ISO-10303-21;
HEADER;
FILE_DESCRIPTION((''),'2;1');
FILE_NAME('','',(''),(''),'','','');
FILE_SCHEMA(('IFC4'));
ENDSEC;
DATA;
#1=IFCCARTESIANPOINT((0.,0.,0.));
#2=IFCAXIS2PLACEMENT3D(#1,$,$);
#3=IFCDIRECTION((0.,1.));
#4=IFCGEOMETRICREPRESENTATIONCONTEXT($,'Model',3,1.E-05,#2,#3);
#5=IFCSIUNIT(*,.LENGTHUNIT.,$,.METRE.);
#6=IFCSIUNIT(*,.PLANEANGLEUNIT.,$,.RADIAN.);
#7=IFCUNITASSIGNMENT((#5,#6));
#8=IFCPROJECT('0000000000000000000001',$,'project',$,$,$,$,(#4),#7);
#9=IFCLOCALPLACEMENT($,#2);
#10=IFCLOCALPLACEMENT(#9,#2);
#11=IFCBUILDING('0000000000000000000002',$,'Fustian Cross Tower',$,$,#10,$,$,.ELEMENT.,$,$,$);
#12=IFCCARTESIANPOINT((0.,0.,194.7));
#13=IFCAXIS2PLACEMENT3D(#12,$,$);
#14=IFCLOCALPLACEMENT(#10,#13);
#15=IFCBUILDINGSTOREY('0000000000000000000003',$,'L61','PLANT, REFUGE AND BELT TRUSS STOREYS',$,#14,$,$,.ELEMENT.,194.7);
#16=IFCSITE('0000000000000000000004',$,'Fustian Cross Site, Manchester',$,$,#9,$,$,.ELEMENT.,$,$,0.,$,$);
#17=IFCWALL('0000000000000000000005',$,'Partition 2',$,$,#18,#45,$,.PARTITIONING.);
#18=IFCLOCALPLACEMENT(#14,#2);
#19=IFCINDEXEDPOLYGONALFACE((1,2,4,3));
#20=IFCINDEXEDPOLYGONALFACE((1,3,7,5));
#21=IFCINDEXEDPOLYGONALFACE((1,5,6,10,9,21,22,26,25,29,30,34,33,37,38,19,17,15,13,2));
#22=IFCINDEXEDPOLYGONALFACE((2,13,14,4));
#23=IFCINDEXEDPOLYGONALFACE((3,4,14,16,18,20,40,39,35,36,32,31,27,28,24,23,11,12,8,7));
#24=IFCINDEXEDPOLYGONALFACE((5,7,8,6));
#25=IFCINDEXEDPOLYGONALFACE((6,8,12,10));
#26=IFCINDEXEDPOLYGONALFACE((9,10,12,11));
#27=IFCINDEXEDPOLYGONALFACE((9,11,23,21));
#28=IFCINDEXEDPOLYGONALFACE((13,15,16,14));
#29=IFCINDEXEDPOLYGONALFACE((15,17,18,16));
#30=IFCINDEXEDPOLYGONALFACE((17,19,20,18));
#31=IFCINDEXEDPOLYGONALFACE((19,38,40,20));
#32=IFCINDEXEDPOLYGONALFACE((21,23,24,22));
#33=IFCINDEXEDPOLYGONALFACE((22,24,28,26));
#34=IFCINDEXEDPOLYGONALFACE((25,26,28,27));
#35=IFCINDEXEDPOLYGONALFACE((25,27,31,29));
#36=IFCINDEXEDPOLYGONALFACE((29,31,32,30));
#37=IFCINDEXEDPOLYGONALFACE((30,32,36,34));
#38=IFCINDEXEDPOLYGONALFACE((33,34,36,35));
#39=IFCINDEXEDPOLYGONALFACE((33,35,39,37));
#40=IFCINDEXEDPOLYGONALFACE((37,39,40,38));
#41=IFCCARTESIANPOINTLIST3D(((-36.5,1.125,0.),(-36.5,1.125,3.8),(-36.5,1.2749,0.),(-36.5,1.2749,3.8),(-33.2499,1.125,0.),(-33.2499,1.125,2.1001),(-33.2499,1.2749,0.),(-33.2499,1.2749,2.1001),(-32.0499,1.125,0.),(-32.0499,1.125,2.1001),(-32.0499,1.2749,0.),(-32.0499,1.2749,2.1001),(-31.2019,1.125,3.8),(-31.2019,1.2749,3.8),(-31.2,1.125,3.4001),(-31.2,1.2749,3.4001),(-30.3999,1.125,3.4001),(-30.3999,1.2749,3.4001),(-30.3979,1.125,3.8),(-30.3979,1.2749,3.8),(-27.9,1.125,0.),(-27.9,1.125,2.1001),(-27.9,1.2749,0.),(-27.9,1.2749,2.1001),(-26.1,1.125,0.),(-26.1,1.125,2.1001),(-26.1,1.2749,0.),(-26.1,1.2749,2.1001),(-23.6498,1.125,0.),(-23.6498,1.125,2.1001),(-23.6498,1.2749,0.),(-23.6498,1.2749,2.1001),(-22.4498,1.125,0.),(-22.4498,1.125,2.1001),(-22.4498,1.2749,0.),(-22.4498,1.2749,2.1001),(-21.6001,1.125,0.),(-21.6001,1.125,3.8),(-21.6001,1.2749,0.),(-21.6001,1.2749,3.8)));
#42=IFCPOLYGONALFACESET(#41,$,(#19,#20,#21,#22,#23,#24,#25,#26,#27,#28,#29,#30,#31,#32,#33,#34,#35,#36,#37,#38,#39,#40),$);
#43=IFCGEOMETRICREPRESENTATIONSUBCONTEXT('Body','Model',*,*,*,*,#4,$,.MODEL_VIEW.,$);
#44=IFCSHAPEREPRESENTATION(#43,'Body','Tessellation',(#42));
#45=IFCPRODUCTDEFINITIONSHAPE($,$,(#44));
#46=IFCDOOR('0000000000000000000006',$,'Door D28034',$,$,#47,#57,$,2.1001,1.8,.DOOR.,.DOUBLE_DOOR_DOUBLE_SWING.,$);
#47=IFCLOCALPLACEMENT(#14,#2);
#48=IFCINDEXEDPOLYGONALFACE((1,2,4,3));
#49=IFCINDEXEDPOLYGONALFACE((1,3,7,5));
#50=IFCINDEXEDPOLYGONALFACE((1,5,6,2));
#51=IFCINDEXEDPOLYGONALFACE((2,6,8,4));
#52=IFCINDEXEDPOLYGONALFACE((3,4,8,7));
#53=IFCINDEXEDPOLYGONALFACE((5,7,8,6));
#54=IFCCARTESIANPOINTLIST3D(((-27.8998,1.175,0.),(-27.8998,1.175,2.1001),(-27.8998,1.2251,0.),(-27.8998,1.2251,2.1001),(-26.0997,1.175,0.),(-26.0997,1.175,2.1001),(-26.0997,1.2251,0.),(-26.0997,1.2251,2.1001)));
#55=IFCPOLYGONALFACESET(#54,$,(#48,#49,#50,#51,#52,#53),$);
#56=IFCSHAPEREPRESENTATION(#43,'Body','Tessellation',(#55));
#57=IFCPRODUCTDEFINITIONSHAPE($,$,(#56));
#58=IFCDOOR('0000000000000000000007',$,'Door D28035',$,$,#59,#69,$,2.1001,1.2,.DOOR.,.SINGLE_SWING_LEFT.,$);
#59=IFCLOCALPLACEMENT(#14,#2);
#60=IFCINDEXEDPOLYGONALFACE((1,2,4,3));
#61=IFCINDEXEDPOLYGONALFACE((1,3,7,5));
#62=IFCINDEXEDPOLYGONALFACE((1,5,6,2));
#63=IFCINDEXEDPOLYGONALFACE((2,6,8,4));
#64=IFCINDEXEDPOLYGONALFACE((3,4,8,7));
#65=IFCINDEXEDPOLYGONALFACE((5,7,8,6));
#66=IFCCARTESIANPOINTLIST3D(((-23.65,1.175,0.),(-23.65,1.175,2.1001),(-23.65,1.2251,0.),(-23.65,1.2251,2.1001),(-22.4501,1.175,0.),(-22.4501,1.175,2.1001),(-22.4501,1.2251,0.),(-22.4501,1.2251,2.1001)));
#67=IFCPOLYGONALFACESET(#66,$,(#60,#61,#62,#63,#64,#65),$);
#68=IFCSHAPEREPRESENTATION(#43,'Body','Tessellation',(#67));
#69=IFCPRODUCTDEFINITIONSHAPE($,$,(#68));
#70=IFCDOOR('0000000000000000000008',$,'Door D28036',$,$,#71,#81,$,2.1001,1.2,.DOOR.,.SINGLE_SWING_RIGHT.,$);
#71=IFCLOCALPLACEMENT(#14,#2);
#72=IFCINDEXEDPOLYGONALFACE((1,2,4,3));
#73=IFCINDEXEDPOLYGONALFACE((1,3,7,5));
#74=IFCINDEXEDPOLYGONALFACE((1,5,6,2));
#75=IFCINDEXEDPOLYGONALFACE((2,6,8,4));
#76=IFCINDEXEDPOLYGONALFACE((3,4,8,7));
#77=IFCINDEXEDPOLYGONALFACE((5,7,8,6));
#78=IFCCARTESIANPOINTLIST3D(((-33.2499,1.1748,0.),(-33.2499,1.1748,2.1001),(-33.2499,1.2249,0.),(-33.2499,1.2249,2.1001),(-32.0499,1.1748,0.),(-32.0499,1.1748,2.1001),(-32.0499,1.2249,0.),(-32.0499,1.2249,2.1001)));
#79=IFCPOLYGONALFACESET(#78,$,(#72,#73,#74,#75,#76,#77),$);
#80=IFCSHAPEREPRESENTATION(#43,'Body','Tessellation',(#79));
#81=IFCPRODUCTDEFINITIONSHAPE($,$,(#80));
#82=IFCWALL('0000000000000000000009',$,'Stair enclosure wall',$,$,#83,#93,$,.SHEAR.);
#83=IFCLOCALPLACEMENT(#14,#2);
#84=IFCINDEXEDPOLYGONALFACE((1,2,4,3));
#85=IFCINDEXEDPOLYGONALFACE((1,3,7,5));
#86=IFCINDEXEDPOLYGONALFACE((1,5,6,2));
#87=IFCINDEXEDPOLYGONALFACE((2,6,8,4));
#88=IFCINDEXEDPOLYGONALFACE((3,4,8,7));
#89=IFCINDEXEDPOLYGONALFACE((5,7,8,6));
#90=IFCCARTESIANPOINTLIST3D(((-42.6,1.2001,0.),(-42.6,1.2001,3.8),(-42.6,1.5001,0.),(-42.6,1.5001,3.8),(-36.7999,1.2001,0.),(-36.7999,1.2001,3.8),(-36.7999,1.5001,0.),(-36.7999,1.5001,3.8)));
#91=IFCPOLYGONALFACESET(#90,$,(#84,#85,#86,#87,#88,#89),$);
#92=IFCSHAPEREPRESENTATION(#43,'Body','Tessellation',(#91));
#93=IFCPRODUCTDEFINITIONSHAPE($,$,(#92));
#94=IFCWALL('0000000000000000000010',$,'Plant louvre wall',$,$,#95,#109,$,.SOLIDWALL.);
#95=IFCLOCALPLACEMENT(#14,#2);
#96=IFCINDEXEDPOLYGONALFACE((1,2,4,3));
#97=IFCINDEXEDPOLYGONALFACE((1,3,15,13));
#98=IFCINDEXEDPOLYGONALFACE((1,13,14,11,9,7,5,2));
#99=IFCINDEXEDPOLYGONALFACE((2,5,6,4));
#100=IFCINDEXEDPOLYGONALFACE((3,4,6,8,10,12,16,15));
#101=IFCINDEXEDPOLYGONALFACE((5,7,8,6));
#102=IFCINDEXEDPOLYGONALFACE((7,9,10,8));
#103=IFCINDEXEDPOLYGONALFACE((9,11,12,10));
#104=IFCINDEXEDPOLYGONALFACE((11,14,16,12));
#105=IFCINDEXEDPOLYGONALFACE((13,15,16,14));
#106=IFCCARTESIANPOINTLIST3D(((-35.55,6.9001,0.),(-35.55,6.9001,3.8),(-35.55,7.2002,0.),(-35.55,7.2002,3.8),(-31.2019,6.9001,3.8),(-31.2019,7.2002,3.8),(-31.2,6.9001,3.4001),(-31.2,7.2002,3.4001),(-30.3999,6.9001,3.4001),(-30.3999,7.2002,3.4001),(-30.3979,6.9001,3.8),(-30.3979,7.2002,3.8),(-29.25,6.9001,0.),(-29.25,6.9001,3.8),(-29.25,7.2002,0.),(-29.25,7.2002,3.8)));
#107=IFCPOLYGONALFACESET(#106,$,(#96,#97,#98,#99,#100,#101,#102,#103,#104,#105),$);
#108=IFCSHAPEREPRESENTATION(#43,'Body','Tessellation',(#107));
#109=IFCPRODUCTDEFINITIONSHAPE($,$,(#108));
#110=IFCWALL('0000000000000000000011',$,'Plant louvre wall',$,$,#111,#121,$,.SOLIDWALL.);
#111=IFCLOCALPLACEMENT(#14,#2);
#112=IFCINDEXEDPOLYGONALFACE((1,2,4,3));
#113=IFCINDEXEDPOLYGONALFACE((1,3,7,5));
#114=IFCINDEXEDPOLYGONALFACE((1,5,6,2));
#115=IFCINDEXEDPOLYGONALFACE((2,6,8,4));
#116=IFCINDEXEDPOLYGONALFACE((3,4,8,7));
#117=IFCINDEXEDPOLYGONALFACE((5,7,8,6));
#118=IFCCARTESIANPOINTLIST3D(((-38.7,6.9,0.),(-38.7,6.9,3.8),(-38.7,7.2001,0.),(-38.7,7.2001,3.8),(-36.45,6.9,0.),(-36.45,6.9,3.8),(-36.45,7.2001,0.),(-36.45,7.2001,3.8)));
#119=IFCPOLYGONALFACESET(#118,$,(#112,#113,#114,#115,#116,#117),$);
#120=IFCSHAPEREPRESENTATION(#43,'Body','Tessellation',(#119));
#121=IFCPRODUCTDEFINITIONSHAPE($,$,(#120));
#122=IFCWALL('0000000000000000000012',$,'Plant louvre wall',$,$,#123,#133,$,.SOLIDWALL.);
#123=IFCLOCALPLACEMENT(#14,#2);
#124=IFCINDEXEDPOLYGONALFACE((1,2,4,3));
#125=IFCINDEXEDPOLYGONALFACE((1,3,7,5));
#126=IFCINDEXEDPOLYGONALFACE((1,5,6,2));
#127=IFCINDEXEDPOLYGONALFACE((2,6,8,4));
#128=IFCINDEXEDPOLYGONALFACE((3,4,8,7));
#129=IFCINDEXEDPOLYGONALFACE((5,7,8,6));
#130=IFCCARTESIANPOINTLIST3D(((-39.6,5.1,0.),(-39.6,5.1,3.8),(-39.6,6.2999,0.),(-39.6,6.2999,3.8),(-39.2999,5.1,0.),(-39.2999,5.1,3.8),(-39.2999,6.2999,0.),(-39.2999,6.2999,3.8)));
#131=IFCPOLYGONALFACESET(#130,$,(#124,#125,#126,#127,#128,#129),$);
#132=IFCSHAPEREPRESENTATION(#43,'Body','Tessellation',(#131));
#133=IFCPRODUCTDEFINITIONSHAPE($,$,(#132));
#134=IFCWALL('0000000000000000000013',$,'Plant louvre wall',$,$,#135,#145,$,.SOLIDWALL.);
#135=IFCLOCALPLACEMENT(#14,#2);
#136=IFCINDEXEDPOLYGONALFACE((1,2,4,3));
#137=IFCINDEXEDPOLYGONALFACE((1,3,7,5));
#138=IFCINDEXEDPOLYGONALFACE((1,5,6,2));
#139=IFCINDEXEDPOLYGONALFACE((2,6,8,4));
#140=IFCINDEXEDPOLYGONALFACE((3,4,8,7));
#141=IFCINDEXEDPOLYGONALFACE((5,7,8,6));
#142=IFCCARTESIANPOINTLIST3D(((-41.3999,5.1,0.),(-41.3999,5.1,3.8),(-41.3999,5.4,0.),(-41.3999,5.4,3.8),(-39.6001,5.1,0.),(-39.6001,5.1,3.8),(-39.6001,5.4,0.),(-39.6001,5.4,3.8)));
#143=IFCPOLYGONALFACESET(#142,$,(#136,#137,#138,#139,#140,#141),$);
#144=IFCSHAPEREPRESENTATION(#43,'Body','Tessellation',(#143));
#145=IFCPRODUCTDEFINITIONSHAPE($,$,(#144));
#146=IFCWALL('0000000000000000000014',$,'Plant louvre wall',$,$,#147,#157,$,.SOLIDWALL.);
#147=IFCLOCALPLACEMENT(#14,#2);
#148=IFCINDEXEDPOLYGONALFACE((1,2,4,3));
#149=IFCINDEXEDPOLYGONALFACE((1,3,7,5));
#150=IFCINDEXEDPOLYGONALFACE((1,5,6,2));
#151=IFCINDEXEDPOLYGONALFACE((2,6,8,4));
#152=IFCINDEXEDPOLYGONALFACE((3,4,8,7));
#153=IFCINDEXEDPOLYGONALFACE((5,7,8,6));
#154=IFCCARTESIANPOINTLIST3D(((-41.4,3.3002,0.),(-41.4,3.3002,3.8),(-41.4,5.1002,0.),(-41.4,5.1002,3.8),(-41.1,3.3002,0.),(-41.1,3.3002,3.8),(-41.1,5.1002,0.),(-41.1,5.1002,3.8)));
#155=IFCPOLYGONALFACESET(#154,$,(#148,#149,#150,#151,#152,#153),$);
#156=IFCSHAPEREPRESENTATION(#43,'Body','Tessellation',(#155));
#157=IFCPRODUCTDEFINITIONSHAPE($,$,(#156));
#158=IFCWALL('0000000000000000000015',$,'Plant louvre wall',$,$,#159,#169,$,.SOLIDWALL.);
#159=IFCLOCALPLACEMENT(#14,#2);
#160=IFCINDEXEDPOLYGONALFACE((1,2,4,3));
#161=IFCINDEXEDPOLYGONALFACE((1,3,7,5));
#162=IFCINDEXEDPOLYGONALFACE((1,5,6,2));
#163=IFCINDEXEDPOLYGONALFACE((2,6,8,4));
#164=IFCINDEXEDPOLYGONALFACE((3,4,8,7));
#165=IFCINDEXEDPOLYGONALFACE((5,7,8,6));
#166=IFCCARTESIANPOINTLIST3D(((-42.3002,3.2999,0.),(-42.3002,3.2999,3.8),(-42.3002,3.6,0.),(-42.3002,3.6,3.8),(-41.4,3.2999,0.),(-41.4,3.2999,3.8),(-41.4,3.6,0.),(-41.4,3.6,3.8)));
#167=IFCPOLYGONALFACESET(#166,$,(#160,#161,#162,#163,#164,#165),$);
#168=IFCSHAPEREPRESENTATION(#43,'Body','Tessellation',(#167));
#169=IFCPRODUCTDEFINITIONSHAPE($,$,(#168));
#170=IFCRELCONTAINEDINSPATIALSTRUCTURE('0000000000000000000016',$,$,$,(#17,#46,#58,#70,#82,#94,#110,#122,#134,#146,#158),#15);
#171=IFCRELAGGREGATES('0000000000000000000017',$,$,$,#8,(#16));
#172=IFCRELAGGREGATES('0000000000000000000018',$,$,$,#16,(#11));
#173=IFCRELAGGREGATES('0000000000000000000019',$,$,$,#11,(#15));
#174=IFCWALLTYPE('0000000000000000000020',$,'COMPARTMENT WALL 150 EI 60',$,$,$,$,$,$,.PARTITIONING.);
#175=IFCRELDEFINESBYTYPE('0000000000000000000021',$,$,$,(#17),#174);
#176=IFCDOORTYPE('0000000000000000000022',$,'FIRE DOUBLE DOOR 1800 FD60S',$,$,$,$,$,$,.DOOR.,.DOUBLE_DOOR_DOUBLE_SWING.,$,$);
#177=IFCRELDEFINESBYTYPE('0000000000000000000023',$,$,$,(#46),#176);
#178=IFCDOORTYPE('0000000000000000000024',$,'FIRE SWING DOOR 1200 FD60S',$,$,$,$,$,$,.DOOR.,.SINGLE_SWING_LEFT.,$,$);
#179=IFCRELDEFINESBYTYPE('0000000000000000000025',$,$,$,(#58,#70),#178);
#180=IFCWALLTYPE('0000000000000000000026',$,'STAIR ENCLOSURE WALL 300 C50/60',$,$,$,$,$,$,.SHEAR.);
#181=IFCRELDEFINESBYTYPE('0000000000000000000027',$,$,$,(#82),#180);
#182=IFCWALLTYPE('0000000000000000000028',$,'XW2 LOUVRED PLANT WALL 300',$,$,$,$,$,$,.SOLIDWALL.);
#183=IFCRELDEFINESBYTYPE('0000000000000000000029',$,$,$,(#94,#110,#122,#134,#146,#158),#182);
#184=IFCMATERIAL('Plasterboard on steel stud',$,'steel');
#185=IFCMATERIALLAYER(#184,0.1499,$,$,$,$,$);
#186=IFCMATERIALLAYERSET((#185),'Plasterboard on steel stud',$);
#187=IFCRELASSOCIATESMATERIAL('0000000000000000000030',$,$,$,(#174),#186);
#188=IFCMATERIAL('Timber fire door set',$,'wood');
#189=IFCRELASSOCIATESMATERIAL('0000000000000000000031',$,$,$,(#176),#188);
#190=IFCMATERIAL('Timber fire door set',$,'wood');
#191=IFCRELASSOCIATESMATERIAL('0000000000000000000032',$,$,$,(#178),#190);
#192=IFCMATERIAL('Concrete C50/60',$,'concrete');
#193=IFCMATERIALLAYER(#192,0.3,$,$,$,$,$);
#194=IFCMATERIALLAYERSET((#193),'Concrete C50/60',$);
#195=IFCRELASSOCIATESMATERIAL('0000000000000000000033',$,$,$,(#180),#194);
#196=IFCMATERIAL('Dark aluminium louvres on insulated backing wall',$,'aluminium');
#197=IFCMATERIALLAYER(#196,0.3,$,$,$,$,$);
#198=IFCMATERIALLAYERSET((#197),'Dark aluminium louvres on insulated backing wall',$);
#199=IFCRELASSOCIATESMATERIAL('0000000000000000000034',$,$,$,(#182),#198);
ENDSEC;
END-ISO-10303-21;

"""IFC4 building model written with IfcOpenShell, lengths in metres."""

from ifc_helpers import new_model, si_unit, direction, frame, frame_2d, origin, place, context, subcontext, project, spatial, polyline, rectangle, outline, extrude, material, layer, layer_set, type_object, element, fill, save


model = new_model("IFC4")

# Units and contexts
model_context = context("Model", 3, precision=1e-05, world=origin(), true_north=direction((0.0, 1.0)))
body_context = subcontext(model_context, "Body", "Model", "MODEL_VIEW")
ifc_project = project(units=[si_unit("LENGTHUNIT", "METRE"), si_unit("PLANEANGLEUNIT", "RADIAN")], contexts=[model_context])

# Site, building, storey
site_placement = place(None, origin())
site = spatial("IfcSite", under=ifc_project, at=site_placement, Name="Fustian Cross Site, Manchester", CompositionType="ELEMENT", RefElevation=0.0)
building_placement = place(site_placement, origin())
building = spatial("IfcBuilding", under=site, at=building_placement, Name="Fustian Cross Tower", CompositionType="ELEMENT")
storey_placement = place(building_placement, frame((0.0, 0.0, 194.7)))
storey = spatial("IfcBuildingStorey", under=building, at=storey_placement, Name="L61", Description="PLANT, REFUGE AND BELT TRUSS STOREYS", CompositionType="ELEMENT", Elevation=194.7)

# Wall, openings, doors
ifc_material_1 = material(Name="Plasterboard on steel stud", Category="steel")
ifc_layer_1 = layer(ifc_material_1, 0.1499)
ifc_layer_set_1 = layer_set([ifc_layer_1], Name="Plasterboard on steel stud")
wall_type_1 = type_object("IfcWallType", Name="COMPARTMENT WALL 150 EI 60", PredefinedType="PARTITIONING", material=ifc_layer_set_1)
ifc_material_2 = material(Name="Timber fire door set", Category="wood")
door_type_1 = type_object("IfcDoorType", Name="FIRE DOUBLE DOOR 1800 FD60S", OperationType="DOUBLE_DOOR_DOUBLE_SWING", PredefinedType="DOOR", material=ifc_material_2)
wall_1_placement = place(storey_placement, frame((-36.5, 1.2, 0.0), z_axis=(0.0, 0.0, 1.0), x_axis=(1.0, 0.0, 0.0)))
wall_1 = element("IfcWall", 1, at=wall_1_placement, inside=storey, type_object=wall_type_1, Name="Partition 2", PredefinedType="PARTITIONING", context=body_context, shape_type="SweptSolid", body=[
    extrude(outline(polyline([(0.0, 0.0), (14.8999, 0.0), (14.8999, 3.8), (6.1021, 3.8), (6.1001, 3.4001), (5.3, 3.4001), (5.2981, 3.8), (0.0, 3.8), (0.0, 0.0)])), frame((0.0, 0.075, 0.0), z_axis=(0.0, -1.0, 0.0), x_axis=(1.0, 0.0, 0.0)), (0.0, 0.0, 1.0), 0.1499),
])
opening_1_placement = place(wall_1_placement, frame((8.6001, 0.0, 0.0)))
opening_1 = element("IfcOpeningElement", 2, at=opening_1_placement, cuts=wall_1, PredefinedType="OPENING", context=body_context, shape_type="SweptSolid", body=[
    extrude(rectangle(XDim=1.8, YDim=2.1001, at=frame_2d((0.8999, 1.05))), frame((0.0, 0.085, 0.0), z_axis=(0.0, -1.0, 0.0), x_axis=(1.0, 0.0, 0.0)), (0.0, 0.0, 1.0), 0.1699),
])
opening_2_placement = place(wall_1_placement, frame((12.8501, 0.0, 0.0)))
opening_2 = element("IfcOpeningElement", 3, at=opening_2_placement, cuts=wall_1, PredefinedType="OPENING", context=body_context, shape_type="SweptSolid", body=[
    extrude(rectangle(XDim=1.2, YDim=2.1001, at=frame_2d((0.6001, 1.05))), frame((0.0, 0.085, 0.0), z_axis=(0.0, -1.0, 0.0), x_axis=(1.0, 0.0, 0.0)), (0.0, 0.0, 1.0), 0.1699),
])
opening_3_placement = place(wall_1_placement, frame((3.25, 0.0, 0.0)))
opening_3 = element("IfcOpeningElement", 4, at=opening_3_placement, cuts=wall_1, PredefinedType="OPENING", context=body_context, shape_type="SweptSolid", body=[
    extrude(rectangle(XDim=1.2, YDim=2.1001, at=frame_2d((0.6001, 1.05))), frame((0.0, 0.085, 0.0), z_axis=(0.0, -1.0, 0.0), x_axis=(1.0, 0.0, 0.0)), (0.0, 0.0, 1.0), 0.1699),
])
door_1_placement = place(opening_1_placement, frame((1.8, 0.0, 0.0), z_axis=(0.0, 0.0, 1.0), x_axis=(-1.0, 0.0, 0.0)))
door_1 = element("IfcDoor", 5, at=door_1_placement, inside=storey, type_object=door_type_1, Name="Door D28034", OperationType="DOUBLE_DOOR_DOUBLE_SWING", OverallHeight=2.1001, OverallWidth=1.8, PredefinedType="DOOR", context=body_context, shape_type="SweptSolid", body=[
    extrude(rectangle(XDim=1.8, YDim=2.1001, at=frame_2d((0.8999, 1.05))), frame((0.0, 0.0249, 0.0), z_axis=(0.0, -1.0, 0.0), x_axis=(1.0, 0.0, 0.0)), (0.0, 0.0, 1.0), 0.05),
])
fill(opening_1, door_1)
ifc_material_3 = material(Name="Timber fire door set", Category="wood")
door_type_2 = type_object("IfcDoorType", Name="FIRE SWING DOOR 1200 FD60S", OperationType="SINGLE_SWING_LEFT", PredefinedType="DOOR", material=ifc_material_3)
door_2_placement = place(opening_2_placement, frame((1.2, 0.0, 0.0), z_axis=(0.0, 0.0, 1.0), x_axis=(-1.0, 0.0, 0.0)))
door_2 = element("IfcDoor", 6, at=door_2_placement, inside=storey, type_object=door_type_2, Name="Door D28035", OperationType="SINGLE_SWING_LEFT", OverallHeight=2.1001, OverallWidth=1.2, PredefinedType="DOOR", context=body_context, shape_type="SweptSolid", body=[
    extrude(rectangle(XDim=1.2, YDim=2.1001, at=frame_2d((0.6001, 1.05))), frame((0.0, 0.0249, 0.0), z_axis=(0.0, -1.0, 0.0), x_axis=(1.0, 0.0, 0.0)), (0.0, 0.0, 1.0), 0.05),
])
fill(opening_2, door_2)
door_3_placement = place(opening_3_placement, origin())
door_3 = element("IfcDoor", 7, at=door_3_placement, inside=storey, type_object=door_type_2, Name="Door D28036", OperationType="SINGLE_SWING_RIGHT", OverallHeight=2.1001, OverallWidth=1.2, PredefinedType="DOOR", context=body_context, shape_type="SweptSolid", body=[
    extrude(rectangle(XDim=1.2, YDim=2.1001, at=frame_2d((0.6001, 1.05))), frame((0.0, 0.0249, 0.0), z_axis=(0.0, -1.0, 0.0), x_axis=(1.0, 0.0, 0.0)), (0.0, 0.0, 1.0), 0.05),
])
fill(opening_3, door_3)

# Walls
ifc_material_4 = material(Name="Concrete C50/60", Category="concrete")
ifc_layer_2 = layer(ifc_material_4, 0.3)
ifc_layer_set_2 = layer_set([ifc_layer_2], Name="Concrete C50/60")
wall_type_2 = type_object("IfcWallType", Name="STAIR ENCLOSURE WALL 300 C50/60", PredefinedType="SHEAR", material=ifc_layer_set_2)
wall_2_placement = place(storey_placement, frame((-36.8, 1.3501, 0.0), z_axis=(0.0, 0.0, 1.0), x_axis=(-1.0, 0.0, 0.0)))
element("IfcWall", 8, at=wall_2_placement, inside=storey, type_object=wall_type_2, Name="Stair enclosure wall", PredefinedType="SHEAR", context=body_context, shape_type="SweptSolid", body=[
    extrude(rectangle(XDim=5.8, YDim=0.3, at=frame_2d((2.8999, 0.0))), origin(), (0.0, 0.0, 1.0), 3.8),
])
ifc_material_5 = material(Name="Dark aluminium louvres on insulated backing wall", Category="aluminium")
ifc_layer_3 = layer(ifc_material_5, 0.3)
ifc_layer_set_3 = layer_set([ifc_layer_3], Name="Dark aluminium louvres on insulated backing wall")
wall_type_3 = type_object("IfcWallType", Name="XW2 LOUVRED PLANT WALL 300", PredefinedType="SOLIDWALL", material=ifc_layer_set_3)
wall_3_placement = place(storey_placement, frame((-29.25, 7.05, 0.0), z_axis=(0.0, 0.0, 1.0), x_axis=(-1.0, 0.0, 0.0)))
element("IfcWall", 9, at=wall_3_placement, inside=storey, type_object=wall_type_3, Name="Plant louvre wall", PredefinedType="SOLIDWALL", context=body_context, shape_type="SweptSolid", body=[
    extrude(outline(polyline([(0.0, 0.0), (6.3, 0.0), (6.3, 3.8), (1.9519, 3.8), (1.95, 3.4001), (1.1499, 3.4001), (1.1479, 3.8), (0.0, 3.8), (0.0, 0.0)])), frame((0.0, 0.1499, 0.0), z_axis=(0.0, -1.0, 0.0), x_axis=(1.0, 0.0, 0.0)), (0.0, 0.0, 1.0), 0.3),
])
wall_4_placement = place(storey_placement, frame((-36.45, 7.05, 0.0), z_axis=(0.0, 0.0, 1.0), x_axis=(-1.0, 0.0, 0.0)))
element("IfcWall", 10, at=wall_4_placement, inside=storey, type_object=wall_type_3, Name="Plant louvre wall", PredefinedType="SOLIDWALL", context=body_context, shape_type="SweptSolid", body=[
    extrude(rectangle(XDim=2.25, YDim=0.3, at=frame_2d((1.125, 0.0))), origin(), (0.0, 0.0, 1.0), 3.8),
])
wall_5_placement = place(storey_placement, frame((-39.45, 6.3, 0.0), z_axis=(0.0, 0.0, 1.0), x_axis=(0.0, -1.0, 0.0)))
element("IfcWall", 11, at=wall_5_placement, inside=storey, type_object=wall_type_3, Name="Plant louvre wall", PredefinedType="SOLIDWALL", context=body_context, shape_type="SweptSolid", body=[
    extrude(rectangle(XDim=1.2, YDim=0.3, at=frame_2d((0.6001, 0.0))), origin(), (0.0, 0.0, 1.0), 3.8),
])
wall_6_placement = place(storey_placement, frame((-39.6001, 5.25, 0.0), z_axis=(0.0, 0.0, 1.0), x_axis=(-1.0, 0.0, 0.0)))
element("IfcWall", 12, at=wall_6_placement, inside=storey, type_object=wall_type_3, Name="Plant louvre wall", PredefinedType="SOLIDWALL", context=body_context, shape_type="SweptSolid", body=[
    extrude(rectangle(XDim=1.7998, YDim=0.3, at=frame_2d((0.8999, 0.0))), origin(), (0.0, 0.0, 1.0), 3.8),
])
wall_7_placement = place(storey_placement, frame((-41.25, 5.1001, 0.0), z_axis=(0.0, 0.0, 1.0), x_axis=(0.0, -1.0, 0.0)))
element("IfcWall", 13, at=wall_7_placement, inside=storey, type_object=wall_type_3, Name="Plant louvre wall", PredefinedType="SOLIDWALL", context=body_context, shape_type="SweptSolid", body=[
    extrude(rectangle(XDim=1.8, YDim=0.3, at=frame_2d((0.8999, 0.0))), origin(), (0.0, 0.0, 1.0), 3.8),
])
wall_8_placement = place(storey_placement, frame((-41.3999, 3.45, 0.0), z_axis=(0.0, 0.0, 1.0), x_axis=(-1.0, 0.0, 0.0)))
element("IfcWall", 14, at=wall_8_placement, inside=storey, type_object=wall_type_3, Name="Plant louvre wall", PredefinedType="SOLIDWALL", context=body_context, shape_type="SweptSolid", body=[
    extrude(rectangle(XDim=0.9001, YDim=0.3, at=frame_2d((0.4502, 0.0))), origin(), (0.0, 0.0, 1.0), 3.8),
])

save(model, "model.ifc")
